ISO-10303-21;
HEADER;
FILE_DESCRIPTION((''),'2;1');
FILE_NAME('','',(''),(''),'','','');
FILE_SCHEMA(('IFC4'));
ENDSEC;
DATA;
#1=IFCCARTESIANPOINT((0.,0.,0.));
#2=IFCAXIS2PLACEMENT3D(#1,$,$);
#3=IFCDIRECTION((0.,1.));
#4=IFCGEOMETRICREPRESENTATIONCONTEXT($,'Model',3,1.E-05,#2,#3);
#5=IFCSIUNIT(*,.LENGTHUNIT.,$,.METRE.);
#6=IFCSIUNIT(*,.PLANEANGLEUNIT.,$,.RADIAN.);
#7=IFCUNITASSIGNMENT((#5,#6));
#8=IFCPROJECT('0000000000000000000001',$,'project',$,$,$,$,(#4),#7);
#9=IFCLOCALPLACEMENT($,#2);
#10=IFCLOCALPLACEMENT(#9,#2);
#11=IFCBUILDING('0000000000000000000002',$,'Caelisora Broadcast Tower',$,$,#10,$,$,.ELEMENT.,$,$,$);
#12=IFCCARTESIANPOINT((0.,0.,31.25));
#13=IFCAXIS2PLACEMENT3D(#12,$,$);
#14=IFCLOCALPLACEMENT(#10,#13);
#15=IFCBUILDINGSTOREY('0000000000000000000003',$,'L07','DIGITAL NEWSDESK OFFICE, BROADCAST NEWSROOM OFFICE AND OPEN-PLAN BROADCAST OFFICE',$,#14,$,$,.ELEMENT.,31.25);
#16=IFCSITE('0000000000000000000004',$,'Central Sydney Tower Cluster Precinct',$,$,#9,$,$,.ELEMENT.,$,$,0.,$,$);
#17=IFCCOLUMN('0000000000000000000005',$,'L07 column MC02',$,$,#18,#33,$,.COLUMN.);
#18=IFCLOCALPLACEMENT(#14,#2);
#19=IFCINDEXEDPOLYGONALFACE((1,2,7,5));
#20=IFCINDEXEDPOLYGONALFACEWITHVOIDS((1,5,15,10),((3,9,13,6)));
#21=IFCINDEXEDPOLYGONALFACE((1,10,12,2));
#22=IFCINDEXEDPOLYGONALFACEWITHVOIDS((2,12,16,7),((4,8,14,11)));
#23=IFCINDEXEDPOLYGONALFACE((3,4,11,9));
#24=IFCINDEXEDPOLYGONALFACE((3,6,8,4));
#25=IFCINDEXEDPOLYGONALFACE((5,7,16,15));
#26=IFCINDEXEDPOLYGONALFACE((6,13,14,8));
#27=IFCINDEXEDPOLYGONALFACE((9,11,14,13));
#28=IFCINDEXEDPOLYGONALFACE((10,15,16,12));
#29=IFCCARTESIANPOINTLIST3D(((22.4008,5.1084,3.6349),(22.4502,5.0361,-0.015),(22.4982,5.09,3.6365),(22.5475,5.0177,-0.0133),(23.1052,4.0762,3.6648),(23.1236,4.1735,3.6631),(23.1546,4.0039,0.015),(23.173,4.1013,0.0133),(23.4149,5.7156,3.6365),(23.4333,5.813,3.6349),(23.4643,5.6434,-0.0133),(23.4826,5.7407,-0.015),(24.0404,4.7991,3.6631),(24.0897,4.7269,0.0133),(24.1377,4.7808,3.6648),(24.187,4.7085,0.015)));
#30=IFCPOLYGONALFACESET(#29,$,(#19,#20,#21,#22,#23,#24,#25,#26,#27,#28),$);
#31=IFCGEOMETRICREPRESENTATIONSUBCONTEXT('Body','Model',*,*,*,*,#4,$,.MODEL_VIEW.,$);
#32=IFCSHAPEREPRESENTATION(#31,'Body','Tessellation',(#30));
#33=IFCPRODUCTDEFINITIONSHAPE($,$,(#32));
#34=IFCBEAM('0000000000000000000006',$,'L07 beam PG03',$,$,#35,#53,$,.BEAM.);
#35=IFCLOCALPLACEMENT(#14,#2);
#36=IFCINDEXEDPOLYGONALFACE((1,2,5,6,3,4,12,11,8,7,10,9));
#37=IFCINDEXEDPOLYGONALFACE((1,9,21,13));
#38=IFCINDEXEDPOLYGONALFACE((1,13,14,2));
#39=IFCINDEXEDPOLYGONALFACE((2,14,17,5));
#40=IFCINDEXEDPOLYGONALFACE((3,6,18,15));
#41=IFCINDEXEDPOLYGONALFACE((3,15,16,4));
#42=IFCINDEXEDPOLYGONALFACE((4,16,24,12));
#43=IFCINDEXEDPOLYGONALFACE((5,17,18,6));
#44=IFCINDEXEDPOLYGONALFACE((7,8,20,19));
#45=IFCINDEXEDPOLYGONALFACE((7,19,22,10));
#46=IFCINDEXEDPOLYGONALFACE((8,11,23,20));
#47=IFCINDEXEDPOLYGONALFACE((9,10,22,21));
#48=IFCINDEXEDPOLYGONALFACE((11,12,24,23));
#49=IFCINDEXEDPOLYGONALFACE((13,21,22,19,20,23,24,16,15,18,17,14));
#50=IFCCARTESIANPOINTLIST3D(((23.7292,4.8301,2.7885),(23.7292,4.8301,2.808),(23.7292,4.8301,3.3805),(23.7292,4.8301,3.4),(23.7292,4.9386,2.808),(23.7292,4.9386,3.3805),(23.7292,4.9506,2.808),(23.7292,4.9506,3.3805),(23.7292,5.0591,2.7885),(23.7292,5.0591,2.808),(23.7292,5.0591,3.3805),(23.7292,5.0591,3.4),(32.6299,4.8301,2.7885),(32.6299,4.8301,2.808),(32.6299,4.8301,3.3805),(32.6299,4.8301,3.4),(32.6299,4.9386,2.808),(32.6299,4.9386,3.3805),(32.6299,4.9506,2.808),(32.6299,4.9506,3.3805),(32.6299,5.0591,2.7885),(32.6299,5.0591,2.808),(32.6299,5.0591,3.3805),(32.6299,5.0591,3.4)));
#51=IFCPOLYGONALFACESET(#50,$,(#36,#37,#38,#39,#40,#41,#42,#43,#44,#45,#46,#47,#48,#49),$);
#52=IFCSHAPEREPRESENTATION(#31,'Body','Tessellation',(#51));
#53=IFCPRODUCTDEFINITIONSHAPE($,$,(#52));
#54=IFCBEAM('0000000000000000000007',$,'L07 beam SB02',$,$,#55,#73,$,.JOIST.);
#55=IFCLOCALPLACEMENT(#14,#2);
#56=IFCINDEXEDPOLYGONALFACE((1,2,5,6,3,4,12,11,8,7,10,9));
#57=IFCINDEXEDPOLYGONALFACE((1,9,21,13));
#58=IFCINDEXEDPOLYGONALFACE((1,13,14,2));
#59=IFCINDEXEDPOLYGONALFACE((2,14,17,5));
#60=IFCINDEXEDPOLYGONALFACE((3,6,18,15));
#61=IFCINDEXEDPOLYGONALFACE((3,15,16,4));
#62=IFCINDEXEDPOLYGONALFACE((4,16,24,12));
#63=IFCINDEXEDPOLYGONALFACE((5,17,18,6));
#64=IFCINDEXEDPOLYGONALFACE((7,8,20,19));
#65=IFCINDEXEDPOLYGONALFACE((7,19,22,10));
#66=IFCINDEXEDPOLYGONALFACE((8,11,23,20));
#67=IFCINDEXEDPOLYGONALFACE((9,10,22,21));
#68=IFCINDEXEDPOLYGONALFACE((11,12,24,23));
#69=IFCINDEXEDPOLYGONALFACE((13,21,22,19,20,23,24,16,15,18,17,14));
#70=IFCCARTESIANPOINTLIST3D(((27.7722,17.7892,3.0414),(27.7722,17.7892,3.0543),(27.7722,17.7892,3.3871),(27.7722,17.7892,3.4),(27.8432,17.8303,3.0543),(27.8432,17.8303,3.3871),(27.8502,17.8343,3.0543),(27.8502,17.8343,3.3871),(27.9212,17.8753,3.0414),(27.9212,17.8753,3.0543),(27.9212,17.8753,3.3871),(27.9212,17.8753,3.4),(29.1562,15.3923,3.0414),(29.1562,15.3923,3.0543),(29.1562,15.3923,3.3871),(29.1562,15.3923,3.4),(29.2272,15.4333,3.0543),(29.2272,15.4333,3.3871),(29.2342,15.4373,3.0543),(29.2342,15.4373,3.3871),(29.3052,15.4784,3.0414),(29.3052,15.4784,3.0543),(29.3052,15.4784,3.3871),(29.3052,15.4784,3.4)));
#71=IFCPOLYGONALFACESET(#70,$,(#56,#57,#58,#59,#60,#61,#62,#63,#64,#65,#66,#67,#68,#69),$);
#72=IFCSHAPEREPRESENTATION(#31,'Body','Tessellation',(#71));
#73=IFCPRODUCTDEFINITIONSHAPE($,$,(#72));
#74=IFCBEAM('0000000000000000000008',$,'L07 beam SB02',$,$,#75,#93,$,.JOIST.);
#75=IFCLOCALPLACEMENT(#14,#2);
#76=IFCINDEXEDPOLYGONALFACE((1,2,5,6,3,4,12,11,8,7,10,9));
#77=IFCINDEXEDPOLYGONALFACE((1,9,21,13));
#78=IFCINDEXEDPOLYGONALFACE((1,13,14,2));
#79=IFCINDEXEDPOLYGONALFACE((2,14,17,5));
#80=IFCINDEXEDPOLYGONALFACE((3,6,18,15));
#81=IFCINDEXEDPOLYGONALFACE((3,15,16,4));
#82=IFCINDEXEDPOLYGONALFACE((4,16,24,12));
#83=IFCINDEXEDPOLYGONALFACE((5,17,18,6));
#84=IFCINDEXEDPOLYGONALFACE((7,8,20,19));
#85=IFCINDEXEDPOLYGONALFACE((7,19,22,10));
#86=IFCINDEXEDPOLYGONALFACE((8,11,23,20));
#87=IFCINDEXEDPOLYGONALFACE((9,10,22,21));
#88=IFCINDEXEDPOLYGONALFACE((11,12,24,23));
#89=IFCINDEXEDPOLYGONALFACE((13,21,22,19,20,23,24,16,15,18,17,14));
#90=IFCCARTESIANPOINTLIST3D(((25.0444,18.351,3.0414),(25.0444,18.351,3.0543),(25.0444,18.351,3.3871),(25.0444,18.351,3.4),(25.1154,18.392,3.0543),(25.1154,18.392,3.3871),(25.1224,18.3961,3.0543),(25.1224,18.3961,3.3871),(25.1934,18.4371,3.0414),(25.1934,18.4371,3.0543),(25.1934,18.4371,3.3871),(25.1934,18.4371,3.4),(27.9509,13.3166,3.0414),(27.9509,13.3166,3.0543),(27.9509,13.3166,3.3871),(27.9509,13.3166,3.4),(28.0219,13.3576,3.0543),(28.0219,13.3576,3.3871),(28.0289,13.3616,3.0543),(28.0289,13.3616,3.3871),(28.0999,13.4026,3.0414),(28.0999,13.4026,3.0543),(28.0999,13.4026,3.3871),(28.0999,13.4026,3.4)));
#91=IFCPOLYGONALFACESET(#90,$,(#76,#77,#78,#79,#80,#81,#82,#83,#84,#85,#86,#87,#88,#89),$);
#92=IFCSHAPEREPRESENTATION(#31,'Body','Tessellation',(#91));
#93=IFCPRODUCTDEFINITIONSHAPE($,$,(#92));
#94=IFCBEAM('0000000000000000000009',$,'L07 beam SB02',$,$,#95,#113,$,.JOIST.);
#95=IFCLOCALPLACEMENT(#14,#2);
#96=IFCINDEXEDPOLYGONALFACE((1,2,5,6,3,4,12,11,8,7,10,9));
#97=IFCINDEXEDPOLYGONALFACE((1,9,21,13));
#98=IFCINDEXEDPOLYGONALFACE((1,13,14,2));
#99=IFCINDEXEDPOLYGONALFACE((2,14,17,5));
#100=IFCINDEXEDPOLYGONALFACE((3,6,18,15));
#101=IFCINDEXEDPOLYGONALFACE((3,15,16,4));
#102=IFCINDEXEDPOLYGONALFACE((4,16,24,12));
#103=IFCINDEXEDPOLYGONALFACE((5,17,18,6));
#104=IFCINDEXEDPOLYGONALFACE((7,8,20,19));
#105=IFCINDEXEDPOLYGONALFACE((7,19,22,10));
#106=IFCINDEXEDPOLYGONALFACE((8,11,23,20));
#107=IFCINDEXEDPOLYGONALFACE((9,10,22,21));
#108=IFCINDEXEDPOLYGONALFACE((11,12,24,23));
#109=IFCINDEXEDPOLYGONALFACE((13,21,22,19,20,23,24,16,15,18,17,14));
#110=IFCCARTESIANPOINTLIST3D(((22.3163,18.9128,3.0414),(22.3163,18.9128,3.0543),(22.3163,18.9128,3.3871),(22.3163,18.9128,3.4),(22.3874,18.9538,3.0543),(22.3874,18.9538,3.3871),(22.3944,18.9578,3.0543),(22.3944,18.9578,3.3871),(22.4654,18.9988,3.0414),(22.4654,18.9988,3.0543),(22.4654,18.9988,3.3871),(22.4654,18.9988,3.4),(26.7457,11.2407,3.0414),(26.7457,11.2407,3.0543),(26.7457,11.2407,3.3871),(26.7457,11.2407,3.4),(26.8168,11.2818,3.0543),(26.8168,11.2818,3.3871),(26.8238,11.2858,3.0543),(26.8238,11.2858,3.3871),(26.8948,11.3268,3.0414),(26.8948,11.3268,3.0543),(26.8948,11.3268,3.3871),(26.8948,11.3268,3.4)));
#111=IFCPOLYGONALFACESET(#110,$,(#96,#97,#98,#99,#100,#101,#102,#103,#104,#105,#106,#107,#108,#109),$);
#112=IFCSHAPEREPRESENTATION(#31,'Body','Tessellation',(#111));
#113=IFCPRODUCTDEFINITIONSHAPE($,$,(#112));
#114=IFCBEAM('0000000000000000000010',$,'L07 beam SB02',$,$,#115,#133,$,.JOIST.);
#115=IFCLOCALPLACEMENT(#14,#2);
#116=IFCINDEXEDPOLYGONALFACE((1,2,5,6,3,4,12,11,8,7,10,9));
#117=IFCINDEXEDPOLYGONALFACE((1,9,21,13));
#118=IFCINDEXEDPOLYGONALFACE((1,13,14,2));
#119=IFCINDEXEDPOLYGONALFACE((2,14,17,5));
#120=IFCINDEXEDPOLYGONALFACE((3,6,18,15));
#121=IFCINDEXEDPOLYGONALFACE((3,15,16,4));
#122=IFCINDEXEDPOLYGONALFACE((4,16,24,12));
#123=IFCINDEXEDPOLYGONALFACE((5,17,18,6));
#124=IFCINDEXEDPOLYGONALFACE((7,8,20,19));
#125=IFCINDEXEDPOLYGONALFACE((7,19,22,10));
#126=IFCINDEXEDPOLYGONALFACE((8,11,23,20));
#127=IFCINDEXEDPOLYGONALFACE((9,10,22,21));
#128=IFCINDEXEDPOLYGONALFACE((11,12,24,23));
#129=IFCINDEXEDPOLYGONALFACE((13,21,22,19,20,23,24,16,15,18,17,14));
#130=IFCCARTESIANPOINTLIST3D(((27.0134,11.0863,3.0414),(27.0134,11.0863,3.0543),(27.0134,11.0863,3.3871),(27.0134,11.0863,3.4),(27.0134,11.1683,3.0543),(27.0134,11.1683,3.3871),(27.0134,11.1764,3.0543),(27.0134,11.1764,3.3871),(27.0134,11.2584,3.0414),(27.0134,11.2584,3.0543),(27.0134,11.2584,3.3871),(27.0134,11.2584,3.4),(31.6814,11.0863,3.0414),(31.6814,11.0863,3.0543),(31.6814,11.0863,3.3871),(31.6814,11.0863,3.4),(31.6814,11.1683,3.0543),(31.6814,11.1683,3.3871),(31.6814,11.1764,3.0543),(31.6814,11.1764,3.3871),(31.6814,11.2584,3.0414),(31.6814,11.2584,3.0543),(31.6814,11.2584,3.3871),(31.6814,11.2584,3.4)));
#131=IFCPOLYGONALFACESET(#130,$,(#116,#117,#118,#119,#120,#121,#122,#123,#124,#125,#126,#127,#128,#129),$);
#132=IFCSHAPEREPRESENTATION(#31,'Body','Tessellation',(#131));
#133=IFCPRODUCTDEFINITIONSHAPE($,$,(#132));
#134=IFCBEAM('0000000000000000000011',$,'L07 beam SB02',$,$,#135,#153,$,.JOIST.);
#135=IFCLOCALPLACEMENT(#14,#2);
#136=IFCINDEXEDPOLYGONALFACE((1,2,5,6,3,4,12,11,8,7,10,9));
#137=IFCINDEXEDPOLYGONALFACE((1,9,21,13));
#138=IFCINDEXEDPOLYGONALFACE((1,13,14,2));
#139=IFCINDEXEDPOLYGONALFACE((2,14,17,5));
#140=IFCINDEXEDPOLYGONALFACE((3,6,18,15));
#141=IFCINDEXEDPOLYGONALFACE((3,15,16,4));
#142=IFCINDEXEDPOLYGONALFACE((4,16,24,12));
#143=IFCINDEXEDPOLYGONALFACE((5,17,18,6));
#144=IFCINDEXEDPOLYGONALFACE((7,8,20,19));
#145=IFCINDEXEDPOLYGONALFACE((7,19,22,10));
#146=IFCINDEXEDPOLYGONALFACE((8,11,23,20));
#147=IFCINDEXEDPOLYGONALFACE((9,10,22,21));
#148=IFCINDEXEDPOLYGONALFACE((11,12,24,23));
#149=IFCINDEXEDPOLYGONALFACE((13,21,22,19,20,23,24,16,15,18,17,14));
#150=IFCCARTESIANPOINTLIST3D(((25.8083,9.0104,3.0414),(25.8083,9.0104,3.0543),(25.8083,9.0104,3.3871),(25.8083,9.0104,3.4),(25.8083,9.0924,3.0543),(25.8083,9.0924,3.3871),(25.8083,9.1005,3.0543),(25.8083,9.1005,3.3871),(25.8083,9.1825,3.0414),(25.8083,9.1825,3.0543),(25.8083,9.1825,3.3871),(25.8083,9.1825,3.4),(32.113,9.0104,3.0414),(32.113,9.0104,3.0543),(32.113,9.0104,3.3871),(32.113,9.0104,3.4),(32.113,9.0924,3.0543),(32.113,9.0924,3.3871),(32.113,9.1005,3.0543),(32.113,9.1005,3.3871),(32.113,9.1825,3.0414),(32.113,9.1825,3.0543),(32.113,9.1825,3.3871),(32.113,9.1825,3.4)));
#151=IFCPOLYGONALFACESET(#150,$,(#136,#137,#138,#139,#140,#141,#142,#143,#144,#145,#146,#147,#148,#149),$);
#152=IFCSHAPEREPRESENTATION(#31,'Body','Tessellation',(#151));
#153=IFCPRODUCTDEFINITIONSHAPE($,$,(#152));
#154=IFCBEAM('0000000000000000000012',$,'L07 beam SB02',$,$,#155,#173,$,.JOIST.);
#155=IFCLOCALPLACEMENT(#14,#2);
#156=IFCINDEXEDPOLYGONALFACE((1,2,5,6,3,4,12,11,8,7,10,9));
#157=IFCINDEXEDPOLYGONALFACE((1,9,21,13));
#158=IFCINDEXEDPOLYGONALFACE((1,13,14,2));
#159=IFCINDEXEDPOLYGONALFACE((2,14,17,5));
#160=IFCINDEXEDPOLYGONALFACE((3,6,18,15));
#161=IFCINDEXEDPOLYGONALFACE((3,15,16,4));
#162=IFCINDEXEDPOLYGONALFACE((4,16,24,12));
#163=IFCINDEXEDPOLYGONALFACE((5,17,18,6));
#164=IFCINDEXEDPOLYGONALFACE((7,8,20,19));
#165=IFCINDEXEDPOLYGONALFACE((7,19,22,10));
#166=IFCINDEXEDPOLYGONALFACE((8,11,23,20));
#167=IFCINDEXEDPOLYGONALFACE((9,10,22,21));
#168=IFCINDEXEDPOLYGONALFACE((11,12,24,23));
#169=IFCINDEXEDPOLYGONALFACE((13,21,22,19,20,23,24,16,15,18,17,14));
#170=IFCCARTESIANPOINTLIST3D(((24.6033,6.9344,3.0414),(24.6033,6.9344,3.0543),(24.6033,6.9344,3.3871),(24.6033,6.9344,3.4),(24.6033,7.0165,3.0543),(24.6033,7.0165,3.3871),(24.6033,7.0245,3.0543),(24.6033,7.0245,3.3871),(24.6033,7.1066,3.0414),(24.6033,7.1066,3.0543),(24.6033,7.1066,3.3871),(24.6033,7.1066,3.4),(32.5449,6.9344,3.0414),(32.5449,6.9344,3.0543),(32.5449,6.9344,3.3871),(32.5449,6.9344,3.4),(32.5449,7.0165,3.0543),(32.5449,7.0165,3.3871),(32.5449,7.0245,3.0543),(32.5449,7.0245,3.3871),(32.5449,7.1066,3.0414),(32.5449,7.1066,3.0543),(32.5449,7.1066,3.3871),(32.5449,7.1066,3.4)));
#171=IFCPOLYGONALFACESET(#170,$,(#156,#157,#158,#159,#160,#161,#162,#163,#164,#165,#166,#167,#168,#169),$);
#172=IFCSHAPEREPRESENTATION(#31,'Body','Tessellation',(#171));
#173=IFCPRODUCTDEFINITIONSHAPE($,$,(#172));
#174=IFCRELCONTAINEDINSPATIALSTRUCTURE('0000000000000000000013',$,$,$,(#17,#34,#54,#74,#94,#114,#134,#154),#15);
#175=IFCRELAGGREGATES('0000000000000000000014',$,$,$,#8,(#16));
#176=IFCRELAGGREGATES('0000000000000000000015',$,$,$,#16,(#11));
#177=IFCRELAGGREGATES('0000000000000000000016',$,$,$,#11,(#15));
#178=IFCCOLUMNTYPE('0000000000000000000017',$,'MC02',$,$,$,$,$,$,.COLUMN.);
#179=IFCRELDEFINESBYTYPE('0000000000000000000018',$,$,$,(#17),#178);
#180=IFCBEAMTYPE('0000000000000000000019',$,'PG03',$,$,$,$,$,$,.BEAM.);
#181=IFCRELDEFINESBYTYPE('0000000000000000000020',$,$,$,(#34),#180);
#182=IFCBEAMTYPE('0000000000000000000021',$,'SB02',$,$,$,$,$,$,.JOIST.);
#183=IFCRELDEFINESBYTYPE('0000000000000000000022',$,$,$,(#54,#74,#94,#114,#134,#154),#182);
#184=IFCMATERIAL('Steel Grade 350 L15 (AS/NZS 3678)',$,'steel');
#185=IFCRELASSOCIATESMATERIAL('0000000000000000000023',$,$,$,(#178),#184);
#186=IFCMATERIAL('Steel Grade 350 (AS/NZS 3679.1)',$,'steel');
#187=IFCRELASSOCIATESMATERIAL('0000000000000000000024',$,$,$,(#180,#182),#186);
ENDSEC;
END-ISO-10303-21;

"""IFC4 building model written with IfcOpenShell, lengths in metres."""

from ifc_helpers import new_model, si_unit, direction, frame, origin, origin_2d, place, context, subcontext, project, spatial, hollow_rectangle, i_section, extrude, source, transform, mapped, material, material_profile, profile_set, type_object, type_shapes, element, save


model = new_model("IFC4")

# Units and contexts
model_context = context("Model", 3, precision=1e-05, world=origin(), true_north=direction((0.0, 1.0)))
body_context = subcontext(model_context, "Body", "Model", "MODEL_VIEW")
ifc_project = project(units=[si_unit("LENGTHUNIT", "METRE"), si_unit("PLANEANGLEUNIT", "RADIAN")], contexts=[model_context])

# Site, building, storey
site_placement = place(None, origin())
site = spatial("IfcSite", under=ifc_project, at=site_placement, Name="Central Sydney Tower Cluster Precinct", CompositionType="ELEMENT", RefElevation=0.0)
building_placement = place(site_placement, origin())
building = spatial("IfcBuilding", under=site, at=building_placement, Name="Caelisora Broadcast Tower", CompositionType="ELEMENT")
storey_placement = place(building_placement, frame((0.0, 0.0, 31.25)))
storey = spatial("IfcBuildingStorey", under=building, at=storey_placement, Name="L07", Description="DIGITAL NEWSDESK OFFICE, BROADCAST NEWSROOM OFFICE AND OPEN-PLAN BROADCAST OFFICE", CompositionType="ELEMENT", Elevation=31.25)

# Column
ifc_material_1 = material(Name="Steel Grade 350 L15 (AS/NZS 3678)", Category="steel")
ifc_material_profile_1 = material_profile(ifc_material_1, hollow_rectangle(XDim=1.25, YDim=1.25, WallThickness=0.0701, at=origin_2d()), Name="Steel Grade 350 L15 (AS/NZS 3678)")
ifc_profile_set_1 = profile_set([ifc_material_profile_1], Name="Steel Grade 350 L15 (AS/NZS 3678)")
column_type = type_object("IfcColumnType", Name="MC02", PredefinedType="COLUMN", material=ifc_profile_set_1)
shared_shape_1 = source(origin(), body_context, "Body", "SweptSolid", [
    extrude(hollow_rectangle(XDim=1.25, YDim=1.25, WallThickness=0.0701, at=origin_2d()), origin(), (0.0, 0.0, 1.0), 3.6509),
])
type_shapes(column_type, [shared_shape_1])
column_placement = place(storey_placement, frame((23.3186, 4.8723, 0.0), z_axis=(-0.013508, 0.019794, 0.999713), x_axis=(-0.825991, -0.563683, 0.0)))
element("IfcColumn", 1, at=column_placement, inside=storey, type_object=column_type, Name="L07 column MC02", PredefinedType="COLUMN", context=body_context, shape_type="MappedRepresentation", body=[
    mapped(shared_shape_1, transform((0.0, 0.0, 0.0), scale=1.0)),
])

# Beams
ifc_material_2 = material(Name="Steel Grade 350 (AS/NZS 3679.1)", Category="steel")
ifc_material_profile_2 = material_profile(ifc_material_2, i_section(OverallWidth=0.229, OverallDepth=0.6116, WebThickness=0.012, FlangeThickness=0.0195, at=origin_2d()), Name="Steel Grade 350 (AS/NZS 3679.1)")
ifc_profile_set_2 = profile_set([ifc_material_profile_2], Name="Steel Grade 350 (AS/NZS 3679.1)")
beam_type_1 = type_object("IfcBeamType", Name="PG03", PredefinedType="BEAM", material=ifc_profile_set_2)
shared_shape_2 = source(origin(), body_context, "Body", "SweptSolid", [
    extrude(i_section(OverallWidth=0.229, OverallDepth=0.6116, WebThickness=0.012, FlangeThickness=0.0195, at=origin_2d()), origin(), (0.0, 0.0, 1.0), 8.9006),
])
type_shapes(beam_type_1, [shared_shape_2])
beam_1_placement = place(storey_placement, frame((23.7292, 4.9446, 3.0942), z_axis=(1.0, 0.0, 0.0), x_axis=(0.0, 1.0, 0.0)))
element("IfcBeam", 2, at=beam_1_placement, inside=storey, type_object=beam_type_1, Name="L07 beam PG03", PredefinedType="BEAM", context=body_context, shape_type="MappedRepresentation", body=[
    mapped(shared_shape_2, transform((0.0, 0.0, 0.0), scale=1.0)),
])
ifc_material_profile_3 = material_profile(ifc_material_2, i_section(OverallWidth=0.1721, OverallDepth=0.3586, WebThickness=0.0081, FlangeThickness=0.0129, at=origin_2d()), Name="Steel Grade 350 (AS/NZS 3679.1)")
ifc_profile_set_3 = profile_set([ifc_material_profile_3], Name="Steel Grade 350 (AS/NZS 3679.1)")
beam_type_2 = type_object("IfcBeamType", Name="SB02", PredefinedType="JOIST", material=ifc_profile_set_3)
shared_shape_3 = source(origin(), body_context, "Body", "SweptSolid", [
    extrude(i_section(OverallWidth=0.1721, OverallDepth=0.3586, WebThickness=0.0081, FlangeThickness=0.0129, at=origin_2d()), origin(), (0.0, 0.0, 1.0), 2.7678),
])
beam_2_placement = place(storey_placement, frame((27.8467, 17.8323, 3.2207), z_axis=(0.500038, -0.866003, 0.0), x_axis=(0.866003, 0.500038, 0.0)))
element("IfcBeam", 3, at=beam_2_placement, inside=storey, type_object=beam_type_2, Name="L07 beam SB02", PredefinedType="JOIST", context=body_context, shape_type="MappedRepresentation", body=[
    mapped(shared_shape_3, transform((0.0, 0.0, 0.0), scale=1.0)),
])
shared_shape_4 = source(origin(), body_context, "Body", "SweptSolid", [
    extrude(i_section(OverallWidth=0.1721, OverallDepth=0.3586, WebThickness=0.0081, FlangeThickness=0.0129, at=origin_2d()), origin(), (0.0, 0.0, 1.0), 5.8132),
])
beam_3_placement = place(storey_placement, frame((25.1189, 18.394, 3.2207), z_axis=(0.499983, -0.866035, 0.0), x_axis=(0.866035, 0.499983, 0.0)))
element("IfcBeam", 4, at=beam_3_placement, inside=storey, type_object=beam_type_2, Name="L07 beam SB02", PredefinedType="JOIST", context=body_context, shape_type="MappedRepresentation", body=[
    mapped(shared_shape_4, transform((0.0, 0.0, 0.0), scale=1.0)),
])
shared_shape_5 = source(origin(), body_context, "Body", "SweptSolid", [
    extrude(i_section(OverallWidth=0.1721, OverallDepth=0.3586, WebThickness=0.0081, FlangeThickness=0.0129, at=origin_2d()), origin(), (0.0, 0.0, 1.0), 8.8589),
])
beam_4_placement = place(storey_placement, frame((22.3909, 18.9558, 3.2207), z_axis=(0.499995, -0.866028, 0.0), x_axis=(0.866028, 0.499995, 0.0)))
element("IfcBeam", 5, at=beam_4_placement, inside=storey, type_object=beam_type_2, Name="L07 beam SB02", PredefinedType="JOIST", context=body_context, shape_type="MappedRepresentation", body=[
    mapped(shared_shape_5, transform((0.0, 0.0, 0.0), scale=1.0)),
])
shared_shape_6 = source(origin(), body_context, "Body", "SweptSolid", [
    extrude(i_section(OverallWidth=0.1721, OverallDepth=0.3586, WebThickness=0.0081, FlangeThickness=0.0129, at=origin_2d()), origin(), (0.0, 0.0, 1.0), 4.668),
])
beam_5_placement = place(storey_placement, frame((27.0134, 11.1724, 3.2207), z_axis=(1.0, 0.0, 0.0), x_axis=(0.0, 1.0, 0.0)))
element("IfcBeam", 6, at=beam_5_placement, inside=storey, type_object=beam_type_2, Name="L07 beam SB02", PredefinedType="JOIST", context=body_context, shape_type="MappedRepresentation", body=[
    mapped(shared_shape_6, transform((0.0, 0.0, 0.0), scale=1.0)),
])
shared_shape_7 = source(origin(), body_context, "Body", "SweptSolid", [
    extrude(i_section(OverallWidth=0.1721, OverallDepth=0.3586, WebThickness=0.0081, FlangeThickness=0.0129, at=origin_2d()), origin(), (0.0, 0.0, 1.0), 6.3047),
])
beam_6_placement = place(storey_placement, frame((25.8083, 9.0964, 3.2207), z_axis=(1.0, 0.0, 0.0), x_axis=(0.0, 1.0, 0.0)))
element("IfcBeam", 7, at=beam_6_placement, inside=storey, type_object=beam_type_2, Name="L07 beam SB02", PredefinedType="JOIST", context=body_context, shape_type="MappedRepresentation", body=[
    mapped(shared_shape_7, transform((0.0, 0.0, 0.0), scale=1.0)),
])
shared_shape_8 = source(origin(), body_context, "Body", "SweptSolid", [
    extrude(i_section(OverallWidth=0.1721, OverallDepth=0.3586, WebThickness=0.0081, FlangeThickness=0.0129, at=origin_2d()), origin(), (0.0, 0.0, 1.0), 7.9417),
])
type_shapes(beam_type_2, [shared_shape_3, shared_shape_4, shared_shape_5, shared_shape_6, shared_shape_7, shared_shape_8])
beam_7_placement = place(storey_placement, frame((24.6033, 7.0205, 3.2207), z_axis=(1.0, 0.0, 0.0), x_axis=(0.0, 1.0, 0.0)))
element("IfcBeam", 8, at=beam_7_placement, inside=storey, type_object=beam_type_2, Name="L07 beam SB02", PredefinedType="JOIST", context=body_context, shape_type="MappedRepresentation", body=[
    mapped(shared_shape_8, transform((0.0, 0.0, 0.0), scale=1.0)),
])

save(model, "model.ifc")
